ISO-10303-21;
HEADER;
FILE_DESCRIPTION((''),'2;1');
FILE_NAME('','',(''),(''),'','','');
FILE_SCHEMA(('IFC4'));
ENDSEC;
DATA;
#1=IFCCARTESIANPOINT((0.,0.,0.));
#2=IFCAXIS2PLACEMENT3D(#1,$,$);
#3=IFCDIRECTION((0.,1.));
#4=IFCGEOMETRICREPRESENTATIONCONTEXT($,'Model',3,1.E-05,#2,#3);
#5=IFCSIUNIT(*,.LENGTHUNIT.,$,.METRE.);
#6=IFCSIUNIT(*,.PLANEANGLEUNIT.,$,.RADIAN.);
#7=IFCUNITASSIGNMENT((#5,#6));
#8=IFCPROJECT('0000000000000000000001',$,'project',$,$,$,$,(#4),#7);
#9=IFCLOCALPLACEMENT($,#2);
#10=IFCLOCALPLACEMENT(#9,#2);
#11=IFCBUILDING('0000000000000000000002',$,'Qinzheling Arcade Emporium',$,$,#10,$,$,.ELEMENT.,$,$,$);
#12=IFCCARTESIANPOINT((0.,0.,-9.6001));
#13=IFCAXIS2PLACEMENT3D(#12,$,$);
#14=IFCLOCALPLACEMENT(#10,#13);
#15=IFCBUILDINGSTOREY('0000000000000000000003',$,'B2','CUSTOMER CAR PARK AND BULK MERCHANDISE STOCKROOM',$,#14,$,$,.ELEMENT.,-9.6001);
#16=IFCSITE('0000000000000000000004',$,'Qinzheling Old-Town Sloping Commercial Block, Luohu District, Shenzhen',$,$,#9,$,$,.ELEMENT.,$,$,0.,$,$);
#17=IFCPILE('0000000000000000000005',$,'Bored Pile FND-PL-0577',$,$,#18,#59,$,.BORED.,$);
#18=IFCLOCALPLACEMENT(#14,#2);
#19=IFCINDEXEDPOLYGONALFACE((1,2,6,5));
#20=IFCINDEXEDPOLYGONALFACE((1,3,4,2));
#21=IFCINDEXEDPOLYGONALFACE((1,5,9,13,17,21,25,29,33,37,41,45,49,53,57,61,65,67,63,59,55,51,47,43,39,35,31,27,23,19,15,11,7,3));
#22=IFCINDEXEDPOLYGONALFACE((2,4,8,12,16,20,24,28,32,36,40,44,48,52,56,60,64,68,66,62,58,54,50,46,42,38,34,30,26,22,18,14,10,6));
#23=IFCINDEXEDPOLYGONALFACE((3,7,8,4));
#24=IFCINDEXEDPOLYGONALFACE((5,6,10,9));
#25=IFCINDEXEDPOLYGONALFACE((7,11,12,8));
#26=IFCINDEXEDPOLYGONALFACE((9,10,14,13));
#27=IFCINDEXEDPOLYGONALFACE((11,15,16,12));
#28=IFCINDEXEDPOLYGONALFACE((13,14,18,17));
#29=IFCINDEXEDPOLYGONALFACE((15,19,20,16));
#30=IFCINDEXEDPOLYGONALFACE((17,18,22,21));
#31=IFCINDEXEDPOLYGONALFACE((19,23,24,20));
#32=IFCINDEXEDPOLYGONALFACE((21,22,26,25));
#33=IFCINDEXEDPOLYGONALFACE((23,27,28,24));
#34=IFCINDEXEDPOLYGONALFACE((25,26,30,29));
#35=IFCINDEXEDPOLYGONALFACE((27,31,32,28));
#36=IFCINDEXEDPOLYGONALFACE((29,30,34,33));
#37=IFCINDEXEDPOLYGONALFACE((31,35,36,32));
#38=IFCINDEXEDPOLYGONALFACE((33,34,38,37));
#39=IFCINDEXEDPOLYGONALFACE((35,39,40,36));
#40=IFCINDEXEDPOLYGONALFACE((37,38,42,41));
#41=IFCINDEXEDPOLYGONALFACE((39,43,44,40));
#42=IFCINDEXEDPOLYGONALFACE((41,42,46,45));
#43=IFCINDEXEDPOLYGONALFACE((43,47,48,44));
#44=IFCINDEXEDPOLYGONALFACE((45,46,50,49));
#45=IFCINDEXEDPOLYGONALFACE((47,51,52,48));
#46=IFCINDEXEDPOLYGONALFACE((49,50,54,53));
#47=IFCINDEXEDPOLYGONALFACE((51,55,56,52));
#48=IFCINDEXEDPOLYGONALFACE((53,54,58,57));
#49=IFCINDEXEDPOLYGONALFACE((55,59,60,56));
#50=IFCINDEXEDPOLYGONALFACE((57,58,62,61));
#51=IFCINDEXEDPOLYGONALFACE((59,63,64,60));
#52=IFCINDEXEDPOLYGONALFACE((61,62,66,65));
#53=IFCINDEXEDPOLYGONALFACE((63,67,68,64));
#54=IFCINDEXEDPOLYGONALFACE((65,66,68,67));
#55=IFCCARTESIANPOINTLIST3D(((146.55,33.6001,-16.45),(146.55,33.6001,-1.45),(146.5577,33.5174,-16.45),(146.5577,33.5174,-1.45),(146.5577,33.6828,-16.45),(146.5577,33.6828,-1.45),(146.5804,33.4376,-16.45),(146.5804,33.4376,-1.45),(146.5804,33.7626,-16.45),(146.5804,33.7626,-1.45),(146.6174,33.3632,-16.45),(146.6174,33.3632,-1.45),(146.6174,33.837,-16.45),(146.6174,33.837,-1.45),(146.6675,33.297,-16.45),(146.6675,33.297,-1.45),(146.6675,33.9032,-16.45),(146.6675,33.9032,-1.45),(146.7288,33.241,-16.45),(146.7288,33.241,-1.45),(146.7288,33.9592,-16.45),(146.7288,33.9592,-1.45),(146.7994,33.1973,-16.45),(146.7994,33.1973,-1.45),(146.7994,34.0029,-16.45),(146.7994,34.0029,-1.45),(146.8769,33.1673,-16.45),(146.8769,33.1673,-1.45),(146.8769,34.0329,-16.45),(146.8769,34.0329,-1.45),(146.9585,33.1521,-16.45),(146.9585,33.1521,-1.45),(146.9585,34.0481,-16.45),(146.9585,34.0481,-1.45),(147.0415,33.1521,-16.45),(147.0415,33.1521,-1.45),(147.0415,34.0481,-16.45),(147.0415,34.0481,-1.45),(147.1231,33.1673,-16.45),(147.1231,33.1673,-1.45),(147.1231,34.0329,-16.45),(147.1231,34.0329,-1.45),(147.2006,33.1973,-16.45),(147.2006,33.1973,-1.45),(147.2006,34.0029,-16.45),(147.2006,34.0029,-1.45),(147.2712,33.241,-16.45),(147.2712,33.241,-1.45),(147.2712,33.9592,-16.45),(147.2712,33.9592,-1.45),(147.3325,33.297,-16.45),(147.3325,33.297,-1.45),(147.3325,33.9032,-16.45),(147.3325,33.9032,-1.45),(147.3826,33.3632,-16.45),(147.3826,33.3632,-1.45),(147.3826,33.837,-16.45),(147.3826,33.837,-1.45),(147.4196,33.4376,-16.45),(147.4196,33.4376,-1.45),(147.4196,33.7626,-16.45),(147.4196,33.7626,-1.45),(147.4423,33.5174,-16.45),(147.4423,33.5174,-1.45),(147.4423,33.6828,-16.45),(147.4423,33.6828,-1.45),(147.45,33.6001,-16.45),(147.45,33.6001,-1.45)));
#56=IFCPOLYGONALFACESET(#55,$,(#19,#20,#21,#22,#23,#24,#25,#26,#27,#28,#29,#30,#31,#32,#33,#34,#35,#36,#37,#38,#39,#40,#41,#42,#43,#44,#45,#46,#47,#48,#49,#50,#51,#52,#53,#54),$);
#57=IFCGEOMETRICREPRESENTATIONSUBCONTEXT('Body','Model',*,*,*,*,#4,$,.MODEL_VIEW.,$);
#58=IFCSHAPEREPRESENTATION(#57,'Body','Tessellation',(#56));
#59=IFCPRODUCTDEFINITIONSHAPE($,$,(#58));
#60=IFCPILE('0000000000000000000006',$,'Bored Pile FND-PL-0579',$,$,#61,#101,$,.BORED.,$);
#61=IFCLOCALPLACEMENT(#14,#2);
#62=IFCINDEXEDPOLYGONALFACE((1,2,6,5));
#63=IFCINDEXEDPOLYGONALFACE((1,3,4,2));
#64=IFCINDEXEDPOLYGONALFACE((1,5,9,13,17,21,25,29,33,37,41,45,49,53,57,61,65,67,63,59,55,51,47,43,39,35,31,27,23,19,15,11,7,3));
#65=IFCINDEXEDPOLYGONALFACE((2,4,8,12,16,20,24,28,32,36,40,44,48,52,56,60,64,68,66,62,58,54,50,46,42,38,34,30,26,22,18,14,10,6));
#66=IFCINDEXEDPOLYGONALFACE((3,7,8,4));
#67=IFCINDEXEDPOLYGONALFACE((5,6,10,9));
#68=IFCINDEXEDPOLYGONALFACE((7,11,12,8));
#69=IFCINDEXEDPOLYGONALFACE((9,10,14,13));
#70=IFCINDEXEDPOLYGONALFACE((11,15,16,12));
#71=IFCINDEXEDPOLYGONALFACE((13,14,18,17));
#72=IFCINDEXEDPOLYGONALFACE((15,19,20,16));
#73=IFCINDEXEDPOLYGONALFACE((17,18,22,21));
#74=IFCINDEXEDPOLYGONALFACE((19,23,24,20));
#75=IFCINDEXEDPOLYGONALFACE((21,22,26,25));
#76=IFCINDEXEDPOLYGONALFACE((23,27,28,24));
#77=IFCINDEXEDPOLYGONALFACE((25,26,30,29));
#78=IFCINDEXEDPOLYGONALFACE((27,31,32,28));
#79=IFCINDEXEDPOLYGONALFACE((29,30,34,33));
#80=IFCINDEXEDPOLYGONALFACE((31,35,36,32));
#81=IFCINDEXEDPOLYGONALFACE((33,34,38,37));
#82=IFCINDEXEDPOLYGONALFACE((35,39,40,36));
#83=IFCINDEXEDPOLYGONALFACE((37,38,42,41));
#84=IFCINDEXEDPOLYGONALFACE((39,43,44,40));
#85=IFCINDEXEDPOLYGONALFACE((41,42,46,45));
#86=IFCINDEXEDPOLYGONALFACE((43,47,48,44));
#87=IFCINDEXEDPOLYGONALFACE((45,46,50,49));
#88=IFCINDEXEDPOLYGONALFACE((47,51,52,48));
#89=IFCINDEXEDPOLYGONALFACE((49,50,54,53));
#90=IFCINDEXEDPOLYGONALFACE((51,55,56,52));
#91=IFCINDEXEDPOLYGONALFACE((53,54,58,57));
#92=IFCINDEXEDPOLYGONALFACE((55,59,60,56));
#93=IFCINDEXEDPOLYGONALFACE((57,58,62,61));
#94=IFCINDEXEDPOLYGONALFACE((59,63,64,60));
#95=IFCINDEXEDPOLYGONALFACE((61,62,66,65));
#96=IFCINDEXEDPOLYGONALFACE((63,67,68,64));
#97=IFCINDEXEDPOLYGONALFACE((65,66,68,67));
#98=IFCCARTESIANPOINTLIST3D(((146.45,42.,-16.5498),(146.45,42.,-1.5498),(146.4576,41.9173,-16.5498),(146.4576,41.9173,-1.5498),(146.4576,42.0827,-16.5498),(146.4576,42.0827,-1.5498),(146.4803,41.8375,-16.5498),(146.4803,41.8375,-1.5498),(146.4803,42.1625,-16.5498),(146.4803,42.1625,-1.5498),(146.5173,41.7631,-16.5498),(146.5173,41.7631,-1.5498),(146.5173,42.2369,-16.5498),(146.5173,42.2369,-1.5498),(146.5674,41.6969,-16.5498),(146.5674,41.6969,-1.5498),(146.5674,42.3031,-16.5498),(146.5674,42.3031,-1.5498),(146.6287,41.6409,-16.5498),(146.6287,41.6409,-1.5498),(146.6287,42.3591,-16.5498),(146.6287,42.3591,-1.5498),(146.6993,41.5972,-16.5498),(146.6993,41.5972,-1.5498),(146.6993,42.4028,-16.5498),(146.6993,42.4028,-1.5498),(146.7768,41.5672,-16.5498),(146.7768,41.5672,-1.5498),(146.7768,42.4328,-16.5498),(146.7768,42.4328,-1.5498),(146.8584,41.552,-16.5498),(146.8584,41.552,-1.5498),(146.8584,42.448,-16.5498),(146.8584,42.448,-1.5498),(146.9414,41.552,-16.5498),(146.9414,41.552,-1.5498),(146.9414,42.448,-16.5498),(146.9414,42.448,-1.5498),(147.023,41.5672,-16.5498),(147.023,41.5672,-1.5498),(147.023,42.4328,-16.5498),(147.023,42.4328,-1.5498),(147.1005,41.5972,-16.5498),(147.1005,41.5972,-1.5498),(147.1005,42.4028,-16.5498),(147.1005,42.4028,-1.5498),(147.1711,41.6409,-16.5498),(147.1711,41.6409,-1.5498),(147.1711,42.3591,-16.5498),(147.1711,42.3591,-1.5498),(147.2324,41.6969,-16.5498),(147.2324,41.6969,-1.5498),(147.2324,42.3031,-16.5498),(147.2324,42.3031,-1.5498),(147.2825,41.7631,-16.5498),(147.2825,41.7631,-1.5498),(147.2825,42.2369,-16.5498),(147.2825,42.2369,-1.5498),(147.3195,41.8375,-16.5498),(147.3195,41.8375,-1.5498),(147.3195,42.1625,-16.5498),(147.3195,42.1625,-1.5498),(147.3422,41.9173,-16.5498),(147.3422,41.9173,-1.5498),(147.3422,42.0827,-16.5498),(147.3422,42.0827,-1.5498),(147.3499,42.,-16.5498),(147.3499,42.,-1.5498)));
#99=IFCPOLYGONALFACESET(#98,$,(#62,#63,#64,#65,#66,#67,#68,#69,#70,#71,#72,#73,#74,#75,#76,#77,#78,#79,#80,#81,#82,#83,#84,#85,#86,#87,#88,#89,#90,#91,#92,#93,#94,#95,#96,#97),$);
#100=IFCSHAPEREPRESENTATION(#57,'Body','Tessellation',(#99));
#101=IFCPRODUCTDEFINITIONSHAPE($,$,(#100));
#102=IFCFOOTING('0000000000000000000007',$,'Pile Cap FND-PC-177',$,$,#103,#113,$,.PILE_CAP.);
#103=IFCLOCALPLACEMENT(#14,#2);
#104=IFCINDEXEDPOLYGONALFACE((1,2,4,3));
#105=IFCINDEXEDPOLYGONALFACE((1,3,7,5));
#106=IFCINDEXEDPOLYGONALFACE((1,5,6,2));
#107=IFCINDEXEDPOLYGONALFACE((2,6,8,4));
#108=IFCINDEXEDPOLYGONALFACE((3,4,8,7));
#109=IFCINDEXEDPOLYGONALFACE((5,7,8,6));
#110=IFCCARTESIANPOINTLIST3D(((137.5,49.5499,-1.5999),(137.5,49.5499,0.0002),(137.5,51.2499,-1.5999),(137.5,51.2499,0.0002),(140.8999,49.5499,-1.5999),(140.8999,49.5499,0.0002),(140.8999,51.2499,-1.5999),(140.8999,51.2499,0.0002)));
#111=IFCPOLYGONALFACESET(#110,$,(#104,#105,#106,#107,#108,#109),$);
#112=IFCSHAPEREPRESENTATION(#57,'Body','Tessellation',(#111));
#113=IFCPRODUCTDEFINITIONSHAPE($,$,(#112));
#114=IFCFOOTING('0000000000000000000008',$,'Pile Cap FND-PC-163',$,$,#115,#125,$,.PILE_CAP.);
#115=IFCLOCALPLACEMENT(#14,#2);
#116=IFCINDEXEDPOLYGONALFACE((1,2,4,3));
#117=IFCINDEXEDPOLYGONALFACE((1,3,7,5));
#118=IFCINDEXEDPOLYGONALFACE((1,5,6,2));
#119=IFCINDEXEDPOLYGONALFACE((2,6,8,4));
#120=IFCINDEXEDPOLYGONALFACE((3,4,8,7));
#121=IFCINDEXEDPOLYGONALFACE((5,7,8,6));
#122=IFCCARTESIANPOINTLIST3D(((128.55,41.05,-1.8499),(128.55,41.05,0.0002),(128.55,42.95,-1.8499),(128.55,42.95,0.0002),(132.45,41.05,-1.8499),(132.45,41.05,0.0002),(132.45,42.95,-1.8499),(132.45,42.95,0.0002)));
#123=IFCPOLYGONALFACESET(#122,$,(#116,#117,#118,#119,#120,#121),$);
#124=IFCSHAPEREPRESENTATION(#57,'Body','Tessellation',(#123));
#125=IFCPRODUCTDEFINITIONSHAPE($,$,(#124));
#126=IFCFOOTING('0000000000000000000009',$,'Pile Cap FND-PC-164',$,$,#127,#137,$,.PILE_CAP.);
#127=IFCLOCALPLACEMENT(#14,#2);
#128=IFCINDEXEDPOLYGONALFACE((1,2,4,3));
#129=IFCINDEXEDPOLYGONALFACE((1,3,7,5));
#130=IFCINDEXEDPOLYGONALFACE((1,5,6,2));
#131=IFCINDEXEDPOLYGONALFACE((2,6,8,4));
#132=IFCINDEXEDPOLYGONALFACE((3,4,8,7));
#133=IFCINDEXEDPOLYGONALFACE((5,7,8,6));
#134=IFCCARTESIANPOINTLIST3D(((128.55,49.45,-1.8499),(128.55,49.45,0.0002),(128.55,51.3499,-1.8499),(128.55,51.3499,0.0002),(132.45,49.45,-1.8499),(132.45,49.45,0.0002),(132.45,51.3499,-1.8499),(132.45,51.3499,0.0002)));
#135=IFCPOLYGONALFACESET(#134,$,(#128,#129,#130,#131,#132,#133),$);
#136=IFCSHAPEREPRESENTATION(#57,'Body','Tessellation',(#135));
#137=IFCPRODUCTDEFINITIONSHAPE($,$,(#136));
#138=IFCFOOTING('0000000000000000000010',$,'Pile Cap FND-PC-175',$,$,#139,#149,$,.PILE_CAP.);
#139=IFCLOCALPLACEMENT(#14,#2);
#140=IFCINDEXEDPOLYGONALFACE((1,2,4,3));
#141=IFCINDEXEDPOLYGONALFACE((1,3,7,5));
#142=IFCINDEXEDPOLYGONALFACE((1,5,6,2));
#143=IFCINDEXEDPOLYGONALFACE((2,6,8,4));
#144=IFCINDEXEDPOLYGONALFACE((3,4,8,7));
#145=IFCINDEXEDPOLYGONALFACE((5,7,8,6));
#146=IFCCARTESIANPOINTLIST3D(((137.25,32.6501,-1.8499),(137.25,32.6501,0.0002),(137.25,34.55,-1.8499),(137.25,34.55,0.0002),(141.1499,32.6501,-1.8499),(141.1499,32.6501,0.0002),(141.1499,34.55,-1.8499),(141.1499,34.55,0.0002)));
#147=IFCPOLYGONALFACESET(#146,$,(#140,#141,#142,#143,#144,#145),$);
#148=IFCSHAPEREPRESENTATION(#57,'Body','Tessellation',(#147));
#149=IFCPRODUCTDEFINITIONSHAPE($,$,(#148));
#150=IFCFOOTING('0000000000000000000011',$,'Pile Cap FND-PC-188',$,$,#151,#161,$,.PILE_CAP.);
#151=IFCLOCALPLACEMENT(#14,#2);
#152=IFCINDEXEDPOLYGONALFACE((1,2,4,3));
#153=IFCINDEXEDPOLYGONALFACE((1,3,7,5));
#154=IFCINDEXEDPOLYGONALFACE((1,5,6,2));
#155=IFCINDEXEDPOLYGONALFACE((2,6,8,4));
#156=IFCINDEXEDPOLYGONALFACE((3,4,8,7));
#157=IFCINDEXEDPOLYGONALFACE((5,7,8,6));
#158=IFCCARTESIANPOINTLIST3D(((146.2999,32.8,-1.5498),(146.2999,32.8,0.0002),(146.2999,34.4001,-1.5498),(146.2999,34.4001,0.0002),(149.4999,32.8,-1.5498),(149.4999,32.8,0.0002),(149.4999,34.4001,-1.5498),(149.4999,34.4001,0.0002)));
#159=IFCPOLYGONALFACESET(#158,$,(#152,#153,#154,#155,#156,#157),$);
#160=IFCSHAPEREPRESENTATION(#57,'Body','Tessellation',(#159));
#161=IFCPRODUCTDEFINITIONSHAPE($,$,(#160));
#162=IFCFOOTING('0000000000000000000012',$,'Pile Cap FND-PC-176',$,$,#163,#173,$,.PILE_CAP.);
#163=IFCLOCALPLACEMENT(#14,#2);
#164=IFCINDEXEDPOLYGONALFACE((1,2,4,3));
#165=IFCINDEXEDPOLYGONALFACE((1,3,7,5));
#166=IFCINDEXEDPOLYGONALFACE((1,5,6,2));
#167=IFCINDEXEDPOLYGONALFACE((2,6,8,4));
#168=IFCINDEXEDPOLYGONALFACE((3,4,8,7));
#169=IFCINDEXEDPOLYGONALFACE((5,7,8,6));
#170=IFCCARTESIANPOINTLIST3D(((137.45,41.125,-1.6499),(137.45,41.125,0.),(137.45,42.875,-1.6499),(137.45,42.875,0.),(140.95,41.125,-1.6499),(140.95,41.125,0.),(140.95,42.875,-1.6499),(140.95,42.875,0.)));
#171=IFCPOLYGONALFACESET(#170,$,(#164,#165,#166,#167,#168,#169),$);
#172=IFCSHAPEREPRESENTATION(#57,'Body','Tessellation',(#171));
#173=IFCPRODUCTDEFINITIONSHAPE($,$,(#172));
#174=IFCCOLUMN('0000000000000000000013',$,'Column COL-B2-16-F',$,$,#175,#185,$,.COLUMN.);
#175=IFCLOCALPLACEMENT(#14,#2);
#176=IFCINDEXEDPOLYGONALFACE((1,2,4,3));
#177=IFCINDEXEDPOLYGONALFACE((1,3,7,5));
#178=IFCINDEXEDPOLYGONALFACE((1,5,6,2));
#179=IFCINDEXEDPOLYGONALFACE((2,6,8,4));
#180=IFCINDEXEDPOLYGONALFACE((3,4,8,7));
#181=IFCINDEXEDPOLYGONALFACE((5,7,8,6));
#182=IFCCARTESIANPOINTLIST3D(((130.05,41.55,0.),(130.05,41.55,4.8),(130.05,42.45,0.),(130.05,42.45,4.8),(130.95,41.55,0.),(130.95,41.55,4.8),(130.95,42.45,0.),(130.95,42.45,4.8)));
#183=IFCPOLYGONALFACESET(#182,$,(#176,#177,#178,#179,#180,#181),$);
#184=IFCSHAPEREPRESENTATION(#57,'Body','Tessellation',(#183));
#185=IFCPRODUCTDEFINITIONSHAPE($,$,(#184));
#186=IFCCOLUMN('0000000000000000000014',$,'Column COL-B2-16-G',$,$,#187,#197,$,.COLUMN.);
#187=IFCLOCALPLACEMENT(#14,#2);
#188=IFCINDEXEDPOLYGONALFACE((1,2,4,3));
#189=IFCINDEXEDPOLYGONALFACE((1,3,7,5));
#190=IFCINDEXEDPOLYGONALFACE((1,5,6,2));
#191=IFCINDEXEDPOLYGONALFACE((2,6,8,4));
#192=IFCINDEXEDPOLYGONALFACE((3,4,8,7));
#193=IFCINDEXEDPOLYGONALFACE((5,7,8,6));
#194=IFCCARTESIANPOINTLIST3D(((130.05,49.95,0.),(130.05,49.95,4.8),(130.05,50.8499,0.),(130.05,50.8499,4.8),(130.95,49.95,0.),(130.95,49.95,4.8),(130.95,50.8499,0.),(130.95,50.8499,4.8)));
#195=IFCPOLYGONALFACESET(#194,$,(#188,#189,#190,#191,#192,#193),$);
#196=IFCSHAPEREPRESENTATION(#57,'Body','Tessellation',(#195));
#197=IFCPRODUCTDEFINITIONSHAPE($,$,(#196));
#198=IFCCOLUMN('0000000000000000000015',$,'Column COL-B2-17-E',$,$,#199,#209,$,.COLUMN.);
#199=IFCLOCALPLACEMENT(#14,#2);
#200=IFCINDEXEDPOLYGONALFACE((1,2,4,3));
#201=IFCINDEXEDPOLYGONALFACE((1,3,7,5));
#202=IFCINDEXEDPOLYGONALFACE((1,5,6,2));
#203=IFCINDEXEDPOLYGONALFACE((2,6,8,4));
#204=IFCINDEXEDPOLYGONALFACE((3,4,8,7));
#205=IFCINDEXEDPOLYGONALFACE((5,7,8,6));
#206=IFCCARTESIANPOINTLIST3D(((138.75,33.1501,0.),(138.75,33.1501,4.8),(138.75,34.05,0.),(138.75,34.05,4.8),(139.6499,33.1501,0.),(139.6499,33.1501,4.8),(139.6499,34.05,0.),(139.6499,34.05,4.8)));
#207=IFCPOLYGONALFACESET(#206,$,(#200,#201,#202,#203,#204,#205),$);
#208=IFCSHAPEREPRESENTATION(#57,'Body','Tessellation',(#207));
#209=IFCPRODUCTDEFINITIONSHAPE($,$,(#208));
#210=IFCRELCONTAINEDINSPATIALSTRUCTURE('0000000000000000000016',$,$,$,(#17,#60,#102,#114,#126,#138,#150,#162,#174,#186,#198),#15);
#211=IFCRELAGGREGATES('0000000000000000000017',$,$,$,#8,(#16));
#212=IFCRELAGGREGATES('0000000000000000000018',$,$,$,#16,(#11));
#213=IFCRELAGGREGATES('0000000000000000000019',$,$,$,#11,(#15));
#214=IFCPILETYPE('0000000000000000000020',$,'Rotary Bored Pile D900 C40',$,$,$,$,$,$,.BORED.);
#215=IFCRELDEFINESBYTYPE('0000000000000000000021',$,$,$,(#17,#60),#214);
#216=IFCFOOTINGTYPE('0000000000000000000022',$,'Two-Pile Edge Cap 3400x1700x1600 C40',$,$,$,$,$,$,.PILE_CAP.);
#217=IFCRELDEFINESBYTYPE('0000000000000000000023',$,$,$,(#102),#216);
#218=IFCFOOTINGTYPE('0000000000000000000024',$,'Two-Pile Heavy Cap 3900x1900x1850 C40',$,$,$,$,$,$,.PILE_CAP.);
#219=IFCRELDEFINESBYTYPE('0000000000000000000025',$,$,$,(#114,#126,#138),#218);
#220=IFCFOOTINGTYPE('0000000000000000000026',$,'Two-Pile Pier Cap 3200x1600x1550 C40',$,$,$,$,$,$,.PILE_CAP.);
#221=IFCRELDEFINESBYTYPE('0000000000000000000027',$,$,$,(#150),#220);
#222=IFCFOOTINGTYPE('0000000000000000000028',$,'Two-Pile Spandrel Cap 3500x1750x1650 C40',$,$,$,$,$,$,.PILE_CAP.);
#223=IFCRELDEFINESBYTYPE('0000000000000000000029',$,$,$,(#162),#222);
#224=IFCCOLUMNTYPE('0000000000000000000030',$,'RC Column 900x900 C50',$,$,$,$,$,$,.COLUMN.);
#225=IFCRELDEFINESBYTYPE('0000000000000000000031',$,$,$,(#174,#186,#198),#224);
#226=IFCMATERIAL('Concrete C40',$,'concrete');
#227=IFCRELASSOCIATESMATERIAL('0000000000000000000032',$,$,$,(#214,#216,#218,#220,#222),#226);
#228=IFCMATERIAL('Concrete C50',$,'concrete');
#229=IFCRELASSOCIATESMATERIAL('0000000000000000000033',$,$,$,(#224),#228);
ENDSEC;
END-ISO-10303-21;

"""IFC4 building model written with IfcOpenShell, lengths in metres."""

from ifc_helpers import new_model, si_unit, direction, frame, origin, origin_2d, place, context, subcontext, project, spatial, rectangle, circle, extrude, material, material_profile, profile_set, type_object, element, save


model = new_model("IFC4")

# Units and contexts
model_context = context("Model", 3, precision=1e-05, world=origin(), true_north=direction((0.0, 1.0)))
body_context = subcontext(model_context, "Body", "Model", "MODEL_VIEW")
ifc_project = project(units=[si_unit("LENGTHUNIT", "METRE"), si_unit("PLANEANGLEUNIT", "RADIAN")], contexts=[model_context])

# Site, building, storey
site_placement = place(None, origin())
site = spatial("IfcSite", under=ifc_project, at=site_placement, Name="Qinzheling Old-Town Sloping Commercial Block, Luohu District, Shenzhen", CompositionType="ELEMENT", RefElevation=0.0)
building_placement = place(site_placement, origin())
building = spatial("IfcBuilding", under=site, at=building_placement, Name="Qinzheling Arcade Emporium", CompositionType="ELEMENT")
storey_placement = place(building_placement, frame((0.0, 0.0, -9.6001)))
storey = spatial("IfcBuildingStorey", under=building, at=storey_placement, Name="B2", Description="CUSTOMER CAR PARK AND BULK MERCHANDISE STOCKROOM", CompositionType="ELEMENT", Elevation=-9.6001)

# Shared definitions
ifc_material_1 = material(Name="Concrete C40", Category="concrete")

# Piles
ifc_material_profile_1 = material_profile(ifc_material_1, circle(Radius=0.45, at=origin_2d()), Name="BORED D900", Category="concrete")
ifc_profile_set_1 = profile_set([ifc_material_profile_1], Name="Concrete C40")
pile_type_1 = type_object("IfcPileType", Name="Rotary Bored Pile D900 C40", PredefinedType="BORED", material=ifc_profile_set_1)
for number, where, z_axis, x_axis, name in (
    (1, (147.0, 33.6001, -1.45), (0.0, 0.0, -1.0), (1.0, 0.0, 0.0), "Bored Pile FND-PL-0577"),
    (2, (146.8999, 42.0, -1.5498), (0.0, 0.0, -1.0), (1.0, 0.0, 0.0), "Bored Pile FND-PL-0579"),
):
    element("IfcPile", number, at=place(storey_placement, frame(where, z_axis=z_axis, x_axis=x_axis)), inside=storey, type_object=pile_type_1, Name=name, PredefinedType="BORED", context=body_context, shape_type="SweptSolid", body=[
        extrude(circle(Radius=0.45, at=origin_2d()), origin(), (0.0, 0.0, 1.0), 15.0),
    ])

# Footings
footing_type_1 = type_object("IfcFootingType", Name="Two-Pile Edge Cap 3400x1700x1600 C40", PredefinedType="PILE_CAP", material=ifc_material_1)
footing_1_placement = place(storey_placement, frame((139.2, 50.3999, -1.5999), z_axis=(0.0, 0.0, 1.0), x_axis=(1.0, 0.0, 0.0)))
element("IfcFooting", 3, at=footing_1_placement, inside=storey, type_object=footing_type_1, Name="Pile Cap FND-PC-177", PredefinedType="PILE_CAP", context=body_context, shape_type="SweptSolid", body=[
    extrude(rectangle(XDim=3.3999, YDim=1.7, at=origin_2d()), origin(), (0.0, 0.0, 1.0), 1.6001),
])
footing_type_2 = type_object("IfcFootingType", Name="Two-Pile Heavy Cap 3900x1900x1850 C40", PredefinedType="PILE_CAP", material=ifc_material_1)
for number, where, z_axis, x_axis, name in (
    (4, (130.5, 42.0, -1.8499), (0.0, 0.0, 1.0), (1.0, 0.0, 0.0), "Pile Cap FND-PC-163"),
    (5, (130.5, 50.3999, -1.8499), (0.0, 0.0, 1.0), (1.0, 0.0, 0.0), "Pile Cap FND-PC-164"),
    (6, (139.2, 33.6001, -1.8499), (0.0, 0.0, 1.0), (1.0, 0.0, 0.0), "Pile Cap FND-PC-175"),
):
    element("IfcFooting", number, at=place(storey_placement, frame(where, z_axis=z_axis, x_axis=x_axis)), inside=storey, type_object=footing_type_2, Name=name, PredefinedType="PILE_CAP", context=body_context, shape_type="SweptSolid", body=[
        extrude(rectangle(XDim=3.8999, YDim=1.8999, at=origin_2d()), origin(), (0.0, 0.0, 1.0), 1.8501),
    ])
footing_type_3 = type_object("IfcFootingType", Name="Two-Pile Pier Cap 3200x1600x1550 C40", PredefinedType="PILE_CAP", material=ifc_material_1)
footing_2_placement = place(storey_placement, frame((147.8999, 33.6001, -1.5498), z_axis=(0.0, 0.0, 1.0), x_axis=(1.0, 0.0, 0.0)))
element("IfcFooting", 7, at=footing_2_placement, inside=storey, type_object=footing_type_3, Name="Pile Cap FND-PC-188", PredefinedType="PILE_CAP", context=body_context, shape_type="SweptSolid", body=[
    extrude(rectangle(XDim=3.2, YDim=1.6001, at=origin_2d()), origin(), (0.0, 0.0, 1.0), 1.55),
])
footing_type_4 = type_object("IfcFootingType", Name="Two-Pile Spandrel Cap 3500x1750x1650 C40", PredefinedType="PILE_CAP", material=ifc_material_1)
footing_3_placement = place(storey_placement, frame((139.2, 42.0, -1.6499), z_axis=(0.0, 0.0, 1.0), x_axis=(1.0, 0.0, 0.0)))
element("IfcFooting", 8, at=footing_3_placement, inside=storey, type_object=footing_type_4, Name="Pile Cap FND-PC-176", PredefinedType="PILE_CAP", context=body_context, shape_type="SweptSolid", body=[
    extrude(rectangle(XDim=3.5, YDim=1.75, at=origin_2d()), origin(), (0.0, 0.0, 1.0), 1.6499),
])

# Columns
ifc_material_2 = material(Name="Concrete C50", Category="concrete")
ifc_material_profile_2 = material_profile(ifc_material_2, rectangle(XDim=0.8999, YDim=0.8999, at=origin_2d()), Name="RC 900x900", Category="concrete")
ifc_profile_set_2 = profile_set([ifc_material_profile_2], Name="Concrete C50")
column_type = type_object("IfcColumnType", Name="RC Column 900x900 C50", PredefinedType="COLUMN", material=ifc_profile_set_2)
for number, where, z_axis, x_axis, name in (
    (9, (130.5, 42.0, 0.0), (0.0, 0.0, 1.0), (1.0, 0.0, 0.0), "Column COL-B2-16-F"),
    (10, (130.5, 50.3999, 0.0), (0.0, 0.0, 1.0), (1.0, 0.0, 0.0), "Column COL-B2-16-G"),
    (11, (139.2, 33.6001, 0.0), (0.0, 0.0, 1.0), (1.0, 0.0, 0.0), "Column COL-B2-17-E"),
):
    element("IfcColumn", number, at=place(storey_placement, frame(where, z_axis=z_axis, x_axis=x_axis)), inside=storey, type_object=column_type, Name=name, PredefinedType="COLUMN", context=body_context, shape_type="SweptSolid", body=[
        extrude(rectangle(XDim=0.8999, YDim=0.8999, at=origin_2d()), origin(), (0.0, 0.0, 1.0), 4.8),
    ])

save(model, "model.ifc")
